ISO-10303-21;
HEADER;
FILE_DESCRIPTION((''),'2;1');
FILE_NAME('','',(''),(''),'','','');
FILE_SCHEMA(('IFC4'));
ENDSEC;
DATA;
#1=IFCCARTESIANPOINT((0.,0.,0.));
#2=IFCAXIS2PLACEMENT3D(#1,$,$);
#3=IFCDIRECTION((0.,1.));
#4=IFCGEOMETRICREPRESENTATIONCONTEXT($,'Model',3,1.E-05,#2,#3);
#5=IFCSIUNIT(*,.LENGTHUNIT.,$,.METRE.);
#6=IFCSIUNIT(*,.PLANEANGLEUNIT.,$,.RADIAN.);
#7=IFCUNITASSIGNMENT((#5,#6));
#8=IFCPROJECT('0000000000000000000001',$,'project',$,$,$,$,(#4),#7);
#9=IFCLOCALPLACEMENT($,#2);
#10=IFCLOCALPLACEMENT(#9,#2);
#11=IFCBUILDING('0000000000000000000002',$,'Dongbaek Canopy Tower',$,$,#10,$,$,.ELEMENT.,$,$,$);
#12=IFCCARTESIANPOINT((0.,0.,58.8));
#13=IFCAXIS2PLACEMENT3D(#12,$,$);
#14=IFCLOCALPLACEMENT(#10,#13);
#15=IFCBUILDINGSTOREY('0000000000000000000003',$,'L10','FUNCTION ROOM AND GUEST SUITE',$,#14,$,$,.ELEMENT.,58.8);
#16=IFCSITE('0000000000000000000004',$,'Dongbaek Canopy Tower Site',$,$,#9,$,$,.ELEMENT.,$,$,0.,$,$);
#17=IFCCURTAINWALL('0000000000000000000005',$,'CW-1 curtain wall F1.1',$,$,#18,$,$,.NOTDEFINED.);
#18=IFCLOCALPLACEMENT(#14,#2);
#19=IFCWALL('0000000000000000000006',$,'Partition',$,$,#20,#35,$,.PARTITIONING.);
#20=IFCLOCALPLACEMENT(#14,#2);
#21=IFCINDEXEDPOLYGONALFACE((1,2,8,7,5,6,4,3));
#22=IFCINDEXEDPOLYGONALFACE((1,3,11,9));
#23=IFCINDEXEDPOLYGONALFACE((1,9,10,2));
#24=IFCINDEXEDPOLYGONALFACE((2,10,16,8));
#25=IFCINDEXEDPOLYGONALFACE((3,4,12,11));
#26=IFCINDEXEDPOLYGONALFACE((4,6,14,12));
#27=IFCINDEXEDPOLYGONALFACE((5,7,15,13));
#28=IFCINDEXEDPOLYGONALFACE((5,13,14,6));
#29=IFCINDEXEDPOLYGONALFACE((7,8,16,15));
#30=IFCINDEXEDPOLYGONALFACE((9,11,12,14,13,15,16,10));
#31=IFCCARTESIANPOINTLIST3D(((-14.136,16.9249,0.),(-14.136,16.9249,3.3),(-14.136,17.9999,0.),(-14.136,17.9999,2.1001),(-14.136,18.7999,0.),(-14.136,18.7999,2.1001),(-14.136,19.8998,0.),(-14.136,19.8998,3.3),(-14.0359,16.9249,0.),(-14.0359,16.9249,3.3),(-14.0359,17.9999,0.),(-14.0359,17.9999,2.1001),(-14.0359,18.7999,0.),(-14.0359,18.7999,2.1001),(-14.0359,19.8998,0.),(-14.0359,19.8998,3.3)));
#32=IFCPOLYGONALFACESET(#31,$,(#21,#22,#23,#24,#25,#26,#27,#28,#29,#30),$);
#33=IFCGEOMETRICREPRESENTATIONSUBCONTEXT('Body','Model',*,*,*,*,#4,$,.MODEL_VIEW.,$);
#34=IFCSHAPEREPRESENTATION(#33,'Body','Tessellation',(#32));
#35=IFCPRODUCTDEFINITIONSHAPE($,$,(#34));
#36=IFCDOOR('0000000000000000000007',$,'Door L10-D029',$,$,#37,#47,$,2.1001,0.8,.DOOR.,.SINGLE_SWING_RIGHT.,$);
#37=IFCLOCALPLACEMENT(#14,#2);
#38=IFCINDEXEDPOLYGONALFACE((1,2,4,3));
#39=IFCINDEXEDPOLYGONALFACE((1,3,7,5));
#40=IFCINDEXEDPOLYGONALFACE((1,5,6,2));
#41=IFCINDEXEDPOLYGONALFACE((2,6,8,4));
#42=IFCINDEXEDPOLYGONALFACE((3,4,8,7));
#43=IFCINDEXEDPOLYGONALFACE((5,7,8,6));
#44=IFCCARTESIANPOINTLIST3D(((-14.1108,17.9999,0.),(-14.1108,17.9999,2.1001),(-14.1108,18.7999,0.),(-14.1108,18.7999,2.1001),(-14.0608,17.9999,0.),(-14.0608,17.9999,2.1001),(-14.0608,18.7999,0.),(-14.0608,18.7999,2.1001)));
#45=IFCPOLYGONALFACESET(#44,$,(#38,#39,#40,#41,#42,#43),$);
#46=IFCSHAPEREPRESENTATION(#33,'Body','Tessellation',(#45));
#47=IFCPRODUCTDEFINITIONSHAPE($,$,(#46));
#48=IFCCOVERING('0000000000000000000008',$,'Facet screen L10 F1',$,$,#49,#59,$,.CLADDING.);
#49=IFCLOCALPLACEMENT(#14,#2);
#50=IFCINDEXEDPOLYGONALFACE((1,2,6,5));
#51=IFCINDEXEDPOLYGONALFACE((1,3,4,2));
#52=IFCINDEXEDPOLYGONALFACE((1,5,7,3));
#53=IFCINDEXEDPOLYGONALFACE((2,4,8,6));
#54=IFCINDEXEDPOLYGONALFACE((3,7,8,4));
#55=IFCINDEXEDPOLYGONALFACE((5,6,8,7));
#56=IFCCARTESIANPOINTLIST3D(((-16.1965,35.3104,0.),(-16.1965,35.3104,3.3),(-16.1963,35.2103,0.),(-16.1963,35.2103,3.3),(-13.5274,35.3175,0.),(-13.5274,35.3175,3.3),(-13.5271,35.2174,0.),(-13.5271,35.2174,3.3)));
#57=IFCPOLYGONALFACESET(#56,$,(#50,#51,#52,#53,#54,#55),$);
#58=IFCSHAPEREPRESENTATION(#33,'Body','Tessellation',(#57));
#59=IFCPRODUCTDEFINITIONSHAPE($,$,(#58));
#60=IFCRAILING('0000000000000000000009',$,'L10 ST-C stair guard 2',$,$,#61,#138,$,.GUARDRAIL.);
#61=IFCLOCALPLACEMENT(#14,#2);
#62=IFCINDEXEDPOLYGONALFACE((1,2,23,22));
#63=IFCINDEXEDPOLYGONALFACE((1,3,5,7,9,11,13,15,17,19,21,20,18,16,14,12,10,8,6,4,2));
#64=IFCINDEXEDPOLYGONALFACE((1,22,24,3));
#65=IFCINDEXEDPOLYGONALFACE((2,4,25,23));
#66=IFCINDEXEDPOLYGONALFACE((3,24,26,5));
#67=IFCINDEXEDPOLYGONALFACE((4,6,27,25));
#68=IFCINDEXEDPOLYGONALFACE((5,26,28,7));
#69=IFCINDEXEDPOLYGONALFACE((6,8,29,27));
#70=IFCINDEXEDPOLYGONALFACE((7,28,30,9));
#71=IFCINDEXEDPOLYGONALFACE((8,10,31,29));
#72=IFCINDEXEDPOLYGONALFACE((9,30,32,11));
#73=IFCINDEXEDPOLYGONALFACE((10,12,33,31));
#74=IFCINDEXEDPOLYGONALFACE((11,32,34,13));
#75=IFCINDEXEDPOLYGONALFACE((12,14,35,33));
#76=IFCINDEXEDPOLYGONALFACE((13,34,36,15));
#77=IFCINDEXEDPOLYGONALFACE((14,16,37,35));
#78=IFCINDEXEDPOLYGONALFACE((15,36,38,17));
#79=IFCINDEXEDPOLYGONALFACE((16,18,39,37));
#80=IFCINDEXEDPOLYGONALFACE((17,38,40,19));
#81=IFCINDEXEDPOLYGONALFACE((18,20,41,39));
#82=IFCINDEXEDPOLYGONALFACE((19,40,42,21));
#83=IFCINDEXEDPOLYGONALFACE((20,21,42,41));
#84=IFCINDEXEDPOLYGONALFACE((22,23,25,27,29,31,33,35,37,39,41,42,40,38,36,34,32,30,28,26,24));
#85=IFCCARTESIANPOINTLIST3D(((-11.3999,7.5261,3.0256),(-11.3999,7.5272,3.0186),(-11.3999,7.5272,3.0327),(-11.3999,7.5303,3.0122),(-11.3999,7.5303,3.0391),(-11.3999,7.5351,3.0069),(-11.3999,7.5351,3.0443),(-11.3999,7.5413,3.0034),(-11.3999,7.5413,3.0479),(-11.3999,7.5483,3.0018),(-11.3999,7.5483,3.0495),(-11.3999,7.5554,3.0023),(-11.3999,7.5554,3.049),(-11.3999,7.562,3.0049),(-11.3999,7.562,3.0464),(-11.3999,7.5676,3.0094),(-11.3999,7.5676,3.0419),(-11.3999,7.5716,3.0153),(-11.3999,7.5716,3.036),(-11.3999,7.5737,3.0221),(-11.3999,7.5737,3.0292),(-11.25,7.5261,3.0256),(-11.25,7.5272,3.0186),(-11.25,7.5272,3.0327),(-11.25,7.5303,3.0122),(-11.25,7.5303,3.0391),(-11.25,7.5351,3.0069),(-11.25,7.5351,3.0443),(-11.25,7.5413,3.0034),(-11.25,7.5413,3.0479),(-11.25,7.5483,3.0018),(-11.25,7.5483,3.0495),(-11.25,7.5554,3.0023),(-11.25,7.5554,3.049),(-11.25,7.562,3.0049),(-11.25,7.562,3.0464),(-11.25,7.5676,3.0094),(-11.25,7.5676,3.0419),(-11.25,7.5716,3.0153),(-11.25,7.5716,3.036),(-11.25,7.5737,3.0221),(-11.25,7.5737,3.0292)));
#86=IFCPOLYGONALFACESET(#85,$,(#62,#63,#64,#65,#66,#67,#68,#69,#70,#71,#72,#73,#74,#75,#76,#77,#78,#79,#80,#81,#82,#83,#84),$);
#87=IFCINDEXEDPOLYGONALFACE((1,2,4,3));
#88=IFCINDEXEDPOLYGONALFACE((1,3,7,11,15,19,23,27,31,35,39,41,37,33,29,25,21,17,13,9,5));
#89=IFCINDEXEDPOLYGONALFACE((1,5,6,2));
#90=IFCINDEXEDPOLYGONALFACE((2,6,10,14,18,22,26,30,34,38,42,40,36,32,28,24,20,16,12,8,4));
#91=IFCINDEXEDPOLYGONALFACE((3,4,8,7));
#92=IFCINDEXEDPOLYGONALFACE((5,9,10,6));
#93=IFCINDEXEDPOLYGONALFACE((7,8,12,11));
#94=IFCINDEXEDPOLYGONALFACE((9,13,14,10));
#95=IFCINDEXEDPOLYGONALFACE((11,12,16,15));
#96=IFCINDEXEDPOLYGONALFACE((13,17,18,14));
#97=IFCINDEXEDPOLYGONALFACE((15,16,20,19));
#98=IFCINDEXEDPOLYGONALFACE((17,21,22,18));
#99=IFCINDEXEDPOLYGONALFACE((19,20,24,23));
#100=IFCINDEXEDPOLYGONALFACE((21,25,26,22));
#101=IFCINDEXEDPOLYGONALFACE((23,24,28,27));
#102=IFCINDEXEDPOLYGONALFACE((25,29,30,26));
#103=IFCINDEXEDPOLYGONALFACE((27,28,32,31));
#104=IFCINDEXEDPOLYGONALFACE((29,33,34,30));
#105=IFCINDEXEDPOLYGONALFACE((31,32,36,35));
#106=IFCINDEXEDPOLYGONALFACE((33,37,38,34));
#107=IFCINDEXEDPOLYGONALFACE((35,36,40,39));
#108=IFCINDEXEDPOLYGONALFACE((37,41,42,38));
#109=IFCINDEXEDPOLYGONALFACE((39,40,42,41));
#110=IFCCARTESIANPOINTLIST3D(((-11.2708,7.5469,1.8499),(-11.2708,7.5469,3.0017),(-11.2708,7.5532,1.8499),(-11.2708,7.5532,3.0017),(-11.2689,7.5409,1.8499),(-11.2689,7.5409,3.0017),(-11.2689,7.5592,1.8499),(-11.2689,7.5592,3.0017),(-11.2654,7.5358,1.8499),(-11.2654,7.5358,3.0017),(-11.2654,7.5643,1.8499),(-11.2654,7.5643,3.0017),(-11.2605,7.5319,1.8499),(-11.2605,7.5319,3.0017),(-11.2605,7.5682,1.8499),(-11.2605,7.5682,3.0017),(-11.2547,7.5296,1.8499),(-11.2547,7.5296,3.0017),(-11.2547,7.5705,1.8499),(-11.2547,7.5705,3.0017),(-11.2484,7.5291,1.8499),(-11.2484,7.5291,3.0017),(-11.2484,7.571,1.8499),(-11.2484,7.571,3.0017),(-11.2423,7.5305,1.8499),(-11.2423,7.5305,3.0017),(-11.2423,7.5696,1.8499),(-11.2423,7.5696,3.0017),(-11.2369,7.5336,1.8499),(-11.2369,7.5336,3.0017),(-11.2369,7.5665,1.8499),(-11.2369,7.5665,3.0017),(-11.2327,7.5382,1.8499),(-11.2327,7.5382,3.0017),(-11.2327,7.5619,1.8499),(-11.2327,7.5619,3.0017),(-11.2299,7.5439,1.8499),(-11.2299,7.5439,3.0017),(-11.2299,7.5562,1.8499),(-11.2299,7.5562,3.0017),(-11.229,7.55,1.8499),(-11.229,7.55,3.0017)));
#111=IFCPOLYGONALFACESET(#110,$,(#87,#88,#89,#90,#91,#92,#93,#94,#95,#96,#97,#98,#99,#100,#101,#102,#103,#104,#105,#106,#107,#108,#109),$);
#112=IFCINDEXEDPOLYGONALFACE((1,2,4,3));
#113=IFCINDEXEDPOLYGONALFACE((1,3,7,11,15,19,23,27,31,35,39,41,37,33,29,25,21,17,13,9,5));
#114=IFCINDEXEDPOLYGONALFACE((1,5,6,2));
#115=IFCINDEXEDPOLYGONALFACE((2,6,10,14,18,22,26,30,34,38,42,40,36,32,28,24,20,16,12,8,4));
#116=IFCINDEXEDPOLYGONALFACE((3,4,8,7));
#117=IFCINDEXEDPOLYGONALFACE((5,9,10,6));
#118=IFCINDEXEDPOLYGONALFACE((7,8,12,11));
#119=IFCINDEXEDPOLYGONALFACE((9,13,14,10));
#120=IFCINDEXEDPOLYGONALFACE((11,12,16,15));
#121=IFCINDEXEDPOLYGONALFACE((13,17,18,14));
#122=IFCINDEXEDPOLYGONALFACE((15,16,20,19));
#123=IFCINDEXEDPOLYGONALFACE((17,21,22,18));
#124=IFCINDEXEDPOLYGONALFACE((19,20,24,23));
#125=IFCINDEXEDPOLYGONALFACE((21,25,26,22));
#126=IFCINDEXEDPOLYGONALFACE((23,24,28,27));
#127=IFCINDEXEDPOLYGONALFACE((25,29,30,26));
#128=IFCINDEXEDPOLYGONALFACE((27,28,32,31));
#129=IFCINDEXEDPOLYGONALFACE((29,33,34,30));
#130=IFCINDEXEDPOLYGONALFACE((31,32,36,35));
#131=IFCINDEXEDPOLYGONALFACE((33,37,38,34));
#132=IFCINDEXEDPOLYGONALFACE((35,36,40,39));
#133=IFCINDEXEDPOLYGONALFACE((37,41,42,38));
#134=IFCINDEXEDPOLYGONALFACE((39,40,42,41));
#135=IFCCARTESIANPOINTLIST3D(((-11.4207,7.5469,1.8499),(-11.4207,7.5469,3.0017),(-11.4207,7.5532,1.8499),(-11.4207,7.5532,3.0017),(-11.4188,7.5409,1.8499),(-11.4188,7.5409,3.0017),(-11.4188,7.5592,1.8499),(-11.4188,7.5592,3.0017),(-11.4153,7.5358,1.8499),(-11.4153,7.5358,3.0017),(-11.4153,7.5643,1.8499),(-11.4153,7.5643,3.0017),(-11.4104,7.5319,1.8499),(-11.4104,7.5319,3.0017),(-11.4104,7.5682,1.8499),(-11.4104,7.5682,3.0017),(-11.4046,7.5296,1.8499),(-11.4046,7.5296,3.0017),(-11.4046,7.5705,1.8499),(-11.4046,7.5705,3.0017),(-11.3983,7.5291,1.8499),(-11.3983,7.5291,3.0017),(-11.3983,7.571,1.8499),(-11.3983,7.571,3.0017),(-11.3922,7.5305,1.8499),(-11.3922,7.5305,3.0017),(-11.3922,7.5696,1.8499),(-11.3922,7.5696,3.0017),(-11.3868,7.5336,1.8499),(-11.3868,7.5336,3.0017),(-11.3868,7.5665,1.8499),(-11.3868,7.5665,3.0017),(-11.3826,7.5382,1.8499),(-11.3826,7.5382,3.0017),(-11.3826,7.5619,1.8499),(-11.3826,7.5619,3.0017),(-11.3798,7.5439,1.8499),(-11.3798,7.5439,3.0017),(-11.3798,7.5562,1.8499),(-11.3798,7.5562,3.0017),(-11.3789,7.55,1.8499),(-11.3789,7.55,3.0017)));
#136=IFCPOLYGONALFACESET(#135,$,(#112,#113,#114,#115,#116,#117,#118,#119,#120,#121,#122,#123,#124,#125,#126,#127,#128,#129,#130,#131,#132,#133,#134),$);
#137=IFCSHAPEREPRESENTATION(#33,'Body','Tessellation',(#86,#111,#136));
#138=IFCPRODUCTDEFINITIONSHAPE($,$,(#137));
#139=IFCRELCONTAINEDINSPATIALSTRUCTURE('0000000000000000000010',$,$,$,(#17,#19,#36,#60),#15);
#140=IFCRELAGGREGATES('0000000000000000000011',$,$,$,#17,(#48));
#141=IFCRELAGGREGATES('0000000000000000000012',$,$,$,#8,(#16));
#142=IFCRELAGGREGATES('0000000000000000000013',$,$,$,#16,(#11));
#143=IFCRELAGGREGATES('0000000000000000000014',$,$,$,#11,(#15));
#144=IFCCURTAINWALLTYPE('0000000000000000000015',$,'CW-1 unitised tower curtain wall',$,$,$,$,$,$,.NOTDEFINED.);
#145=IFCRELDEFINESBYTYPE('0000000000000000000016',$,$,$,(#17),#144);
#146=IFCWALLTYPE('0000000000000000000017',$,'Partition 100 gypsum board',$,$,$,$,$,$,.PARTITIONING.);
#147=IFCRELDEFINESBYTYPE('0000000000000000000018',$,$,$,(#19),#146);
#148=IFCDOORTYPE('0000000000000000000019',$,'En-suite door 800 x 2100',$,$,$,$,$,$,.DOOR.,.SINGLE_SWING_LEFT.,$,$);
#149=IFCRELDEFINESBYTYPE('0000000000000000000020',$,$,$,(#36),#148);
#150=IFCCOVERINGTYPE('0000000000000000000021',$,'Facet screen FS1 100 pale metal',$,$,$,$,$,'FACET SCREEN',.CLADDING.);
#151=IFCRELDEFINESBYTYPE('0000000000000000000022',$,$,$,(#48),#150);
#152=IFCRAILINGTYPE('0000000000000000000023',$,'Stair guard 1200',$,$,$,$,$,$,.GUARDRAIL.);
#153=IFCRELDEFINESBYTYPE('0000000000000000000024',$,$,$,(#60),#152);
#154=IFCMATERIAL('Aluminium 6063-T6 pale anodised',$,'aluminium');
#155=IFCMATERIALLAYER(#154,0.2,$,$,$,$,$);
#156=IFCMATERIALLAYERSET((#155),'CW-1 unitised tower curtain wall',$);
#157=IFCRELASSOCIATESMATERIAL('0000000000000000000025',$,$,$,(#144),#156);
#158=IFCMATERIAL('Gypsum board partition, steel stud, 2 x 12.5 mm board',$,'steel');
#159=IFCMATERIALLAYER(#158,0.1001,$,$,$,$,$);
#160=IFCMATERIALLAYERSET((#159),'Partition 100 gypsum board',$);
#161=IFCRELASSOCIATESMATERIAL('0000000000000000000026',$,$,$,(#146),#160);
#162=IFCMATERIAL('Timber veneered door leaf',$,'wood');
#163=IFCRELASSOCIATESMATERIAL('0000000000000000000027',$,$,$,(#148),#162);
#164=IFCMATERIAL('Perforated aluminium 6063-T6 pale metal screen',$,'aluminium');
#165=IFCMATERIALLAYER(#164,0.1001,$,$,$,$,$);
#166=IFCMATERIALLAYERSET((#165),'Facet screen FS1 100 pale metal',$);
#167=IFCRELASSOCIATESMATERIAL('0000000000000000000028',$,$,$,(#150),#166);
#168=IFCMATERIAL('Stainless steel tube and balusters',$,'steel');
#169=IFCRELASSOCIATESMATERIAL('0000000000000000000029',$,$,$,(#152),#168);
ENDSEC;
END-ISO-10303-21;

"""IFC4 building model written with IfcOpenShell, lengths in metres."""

from ifc_helpers import new_model, si_unit, direction, frame, frame_2d, origin, origin_2d, place, context, subcontext, project, spatial, rectangle, circle, extrude, material, layer, layer_set, type_object, element, fill, aggregate, save


model = new_model("IFC4")

# Units and contexts
model_context = context("Model", 3, precision=1e-05, world=origin(), true_north=direction((0.0, 1.0)))
body_context = subcontext(model_context, "Body", "Model", "MODEL_VIEW")
ifc_project = project(units=[si_unit("LENGTHUNIT", "METRE"), si_unit("PLANEANGLEUNIT", "RADIAN")], contexts=[model_context])

# Site, building, storey
site_placement = place(None, origin())
site = spatial("IfcSite", under=ifc_project, at=site_placement, Name="Dongbaek Canopy Tower Site", CompositionType="ELEMENT", RefElevation=0.0)
building_placement = place(site_placement, origin())
building = spatial("IfcBuilding", under=site, at=building_placement, Name="Dongbaek Canopy Tower", CompositionType="ELEMENT")
storey_placement = place(building_placement, frame((0.0, 0.0, 58.8)))
storey = spatial("IfcBuildingStorey", under=building, at=storey_placement, Name="L10", Description="FUNCTION ROOM AND GUEST SUITE", CompositionType="ELEMENT", Elevation=58.8)

# Curtain wall
ifc_material_1 = material(Name="Aluminium 6063-T6 pale anodised", Category="aluminium")
ifc_layer_1 = layer(ifc_material_1, 0.2)
ifc_layer_set_1 = layer_set([ifc_layer_1], Name="CW-1 unitised tower curtain wall")
curtain_wall_type = type_object("IfcCurtainWallType", Name="CW-1 unitised tower curtain wall", PredefinedType="NOTDEFINED", material=ifc_layer_set_1)
curtain_wall_placement = place(storey_placement, origin())
curtain_wall = element("IfcCurtainWall", 1, at=curtain_wall_placement, inside=storey, type_object=curtain_wall_type, Name="CW-1 curtain wall F1.1", PredefinedType="NOTDEFINED")

# Shared definitions
ifc_material_2 = material(Name="Gypsum board partition, steel stud, 2 x 12.5 mm board", Category="steel")
ifc_layer_2 = layer(ifc_material_2, 0.1001)
ifc_layer_set_2 = layer_set([ifc_layer_2], Name="Partition 100 gypsum board")
wall_type_1 = type_object("IfcWallType", Name="Partition 100 gypsum board", PredefinedType="PARTITIONING", material=ifc_layer_set_2)

# Wall, opening, door
wall_1_placement = place(storey_placement, frame((-14.0859, 16.925, 0.0), z_axis=(0.0, 0.0, 1.0), x_axis=(0.0, 1.0, 0.0)))
wall_1 = element("IfcWall", 2, at=wall_1_placement, inside=storey, type_object=wall_type_1, Name="Partition", PredefinedType="PARTITIONING", context=body_context, shape_type="SweptSolid", body=[
    extrude(rectangle(XDim=2.9749, YDim=0.1001, at=frame_2d((1.4873, 0.0))), origin(), (0.0, 0.0, 1.0), 3.3),
])
opening_1_placement = place(wall_1_placement, frame((1.075, 0.0, 0.0)))
opening_1 = element("IfcOpeningElement", 3, at=opening_1_placement, cuts=wall_1, PredefinedType="OPENING", context=body_context, shape_type="SweptSolid", body=[
    extrude(rectangle(XDim=0.8, YDim=2.1001, at=frame_2d((0.3999, 1.05))), frame((0.0, 0.0601, 0.0), z_axis=(0.0, -1.0, 0.0), x_axis=(1.0, 0.0, 0.0)), (0.0, 0.0, 1.0), 0.1201),
])
ifc_material_3 = material(Name="Timber veneered door leaf", Category="wood")
door_type_1 = type_object("IfcDoorType", Name="En-suite door 800 x 2100", OperationType="SINGLE_SWING_LEFT", PredefinedType="DOOR", material=ifc_material_3)
door_1_placement = place(opening_1_placement, origin())
door_1 = element("IfcDoor", 4, at=door_1_placement, inside=storey, type_object=door_type_1, Name="Door L10-D029", OperationType="SINGLE_SWING_RIGHT", OverallHeight=2.1001, OverallWidth=0.8, PredefinedType="DOOR", context=body_context, shape_type="SweptSolid", body=[
    extrude(rectangle(XDim=0.8, YDim=2.1001, at=frame_2d((0.3999, 1.05))), frame((0.0, 0.0249, 0.0), z_axis=(0.0, -1.0, 0.0), x_axis=(1.0, 0.0, 0.0)), (0.0, 0.0, 1.0), 0.05),
])
fill(opening_1, door_1)

# Covering
ifc_material_4 = material(Name="Perforated aluminium 6063-T6 pale metal screen", Category="aluminium")
ifc_layer_3 = layer(ifc_material_4, 0.1001)
ifc_layer_set_3 = layer_set([ifc_layer_3], Name="Facet screen FS1 100 pale metal")
covering_type = type_object("IfcCoveringType", Name="Facet screen FS1 100 pale metal", ElementType="FACET SCREEN", PredefinedType="CLADDING", material=ifc_layer_set_3)
covering_placement = place(storey_placement, frame((-14.8618, 35.2639, 0.0), z_axis=(0.0, 0.0, 1.0), x_axis=(-0.999996, -0.002665, 0.0)))
covering = element("IfcCovering", 5, at=covering_placement, type_object=covering_type, Name="Facet screen L10 F1", PredefinedType="CLADDING", context=body_context, shape_type="SweptSolid", body=[
    extrude(rectangle(XDim=2.6692, YDim=0.1001, at=origin_2d()), origin(), (0.0, 0.0, 1.0), 3.3),
])
aggregate(curtain_wall, [covering])

# Railing
ifc_material_5 = material(Name="Stainless steel tube and balusters", Category="steel")
railing_type = type_object("IfcRailingType", Name="Stair guard 1200", PredefinedType="GUARDRAIL", material=ifc_material_5)
railing_1_placement = place(storey_placement, frame((-11.25, 7.55, 1.8499)))
element("IfcRailing", 6, at=railing_1_placement, inside=storey, type_object=railing_type, Name="L10 ST-C stair guard 2", PredefinedType="GUARDRAIL", context=body_context, shape_type="SweptSolid", body=[
    extrude(circle(Radius=0.0239, at=origin_2d()), frame((0.0, 0.0, 1.1758), z_axis=(-1.0, 0.0, 0.0), x_axis=(0.0, -1.0, 0.0)), (0.0, 0.0, 1.0), 0.1499),
    extrude(circle(Radius=0.021, at=origin_2d()), origin(), (0.0, 0.0, 1.0), 1.1519),
    extrude(circle(Radius=0.021, at=origin_2d()), frame((-0.1499, 0.0, 0.0)), (0.0, 0.0, 1.0), 1.1519),
])

save(model, "model.ifc")
